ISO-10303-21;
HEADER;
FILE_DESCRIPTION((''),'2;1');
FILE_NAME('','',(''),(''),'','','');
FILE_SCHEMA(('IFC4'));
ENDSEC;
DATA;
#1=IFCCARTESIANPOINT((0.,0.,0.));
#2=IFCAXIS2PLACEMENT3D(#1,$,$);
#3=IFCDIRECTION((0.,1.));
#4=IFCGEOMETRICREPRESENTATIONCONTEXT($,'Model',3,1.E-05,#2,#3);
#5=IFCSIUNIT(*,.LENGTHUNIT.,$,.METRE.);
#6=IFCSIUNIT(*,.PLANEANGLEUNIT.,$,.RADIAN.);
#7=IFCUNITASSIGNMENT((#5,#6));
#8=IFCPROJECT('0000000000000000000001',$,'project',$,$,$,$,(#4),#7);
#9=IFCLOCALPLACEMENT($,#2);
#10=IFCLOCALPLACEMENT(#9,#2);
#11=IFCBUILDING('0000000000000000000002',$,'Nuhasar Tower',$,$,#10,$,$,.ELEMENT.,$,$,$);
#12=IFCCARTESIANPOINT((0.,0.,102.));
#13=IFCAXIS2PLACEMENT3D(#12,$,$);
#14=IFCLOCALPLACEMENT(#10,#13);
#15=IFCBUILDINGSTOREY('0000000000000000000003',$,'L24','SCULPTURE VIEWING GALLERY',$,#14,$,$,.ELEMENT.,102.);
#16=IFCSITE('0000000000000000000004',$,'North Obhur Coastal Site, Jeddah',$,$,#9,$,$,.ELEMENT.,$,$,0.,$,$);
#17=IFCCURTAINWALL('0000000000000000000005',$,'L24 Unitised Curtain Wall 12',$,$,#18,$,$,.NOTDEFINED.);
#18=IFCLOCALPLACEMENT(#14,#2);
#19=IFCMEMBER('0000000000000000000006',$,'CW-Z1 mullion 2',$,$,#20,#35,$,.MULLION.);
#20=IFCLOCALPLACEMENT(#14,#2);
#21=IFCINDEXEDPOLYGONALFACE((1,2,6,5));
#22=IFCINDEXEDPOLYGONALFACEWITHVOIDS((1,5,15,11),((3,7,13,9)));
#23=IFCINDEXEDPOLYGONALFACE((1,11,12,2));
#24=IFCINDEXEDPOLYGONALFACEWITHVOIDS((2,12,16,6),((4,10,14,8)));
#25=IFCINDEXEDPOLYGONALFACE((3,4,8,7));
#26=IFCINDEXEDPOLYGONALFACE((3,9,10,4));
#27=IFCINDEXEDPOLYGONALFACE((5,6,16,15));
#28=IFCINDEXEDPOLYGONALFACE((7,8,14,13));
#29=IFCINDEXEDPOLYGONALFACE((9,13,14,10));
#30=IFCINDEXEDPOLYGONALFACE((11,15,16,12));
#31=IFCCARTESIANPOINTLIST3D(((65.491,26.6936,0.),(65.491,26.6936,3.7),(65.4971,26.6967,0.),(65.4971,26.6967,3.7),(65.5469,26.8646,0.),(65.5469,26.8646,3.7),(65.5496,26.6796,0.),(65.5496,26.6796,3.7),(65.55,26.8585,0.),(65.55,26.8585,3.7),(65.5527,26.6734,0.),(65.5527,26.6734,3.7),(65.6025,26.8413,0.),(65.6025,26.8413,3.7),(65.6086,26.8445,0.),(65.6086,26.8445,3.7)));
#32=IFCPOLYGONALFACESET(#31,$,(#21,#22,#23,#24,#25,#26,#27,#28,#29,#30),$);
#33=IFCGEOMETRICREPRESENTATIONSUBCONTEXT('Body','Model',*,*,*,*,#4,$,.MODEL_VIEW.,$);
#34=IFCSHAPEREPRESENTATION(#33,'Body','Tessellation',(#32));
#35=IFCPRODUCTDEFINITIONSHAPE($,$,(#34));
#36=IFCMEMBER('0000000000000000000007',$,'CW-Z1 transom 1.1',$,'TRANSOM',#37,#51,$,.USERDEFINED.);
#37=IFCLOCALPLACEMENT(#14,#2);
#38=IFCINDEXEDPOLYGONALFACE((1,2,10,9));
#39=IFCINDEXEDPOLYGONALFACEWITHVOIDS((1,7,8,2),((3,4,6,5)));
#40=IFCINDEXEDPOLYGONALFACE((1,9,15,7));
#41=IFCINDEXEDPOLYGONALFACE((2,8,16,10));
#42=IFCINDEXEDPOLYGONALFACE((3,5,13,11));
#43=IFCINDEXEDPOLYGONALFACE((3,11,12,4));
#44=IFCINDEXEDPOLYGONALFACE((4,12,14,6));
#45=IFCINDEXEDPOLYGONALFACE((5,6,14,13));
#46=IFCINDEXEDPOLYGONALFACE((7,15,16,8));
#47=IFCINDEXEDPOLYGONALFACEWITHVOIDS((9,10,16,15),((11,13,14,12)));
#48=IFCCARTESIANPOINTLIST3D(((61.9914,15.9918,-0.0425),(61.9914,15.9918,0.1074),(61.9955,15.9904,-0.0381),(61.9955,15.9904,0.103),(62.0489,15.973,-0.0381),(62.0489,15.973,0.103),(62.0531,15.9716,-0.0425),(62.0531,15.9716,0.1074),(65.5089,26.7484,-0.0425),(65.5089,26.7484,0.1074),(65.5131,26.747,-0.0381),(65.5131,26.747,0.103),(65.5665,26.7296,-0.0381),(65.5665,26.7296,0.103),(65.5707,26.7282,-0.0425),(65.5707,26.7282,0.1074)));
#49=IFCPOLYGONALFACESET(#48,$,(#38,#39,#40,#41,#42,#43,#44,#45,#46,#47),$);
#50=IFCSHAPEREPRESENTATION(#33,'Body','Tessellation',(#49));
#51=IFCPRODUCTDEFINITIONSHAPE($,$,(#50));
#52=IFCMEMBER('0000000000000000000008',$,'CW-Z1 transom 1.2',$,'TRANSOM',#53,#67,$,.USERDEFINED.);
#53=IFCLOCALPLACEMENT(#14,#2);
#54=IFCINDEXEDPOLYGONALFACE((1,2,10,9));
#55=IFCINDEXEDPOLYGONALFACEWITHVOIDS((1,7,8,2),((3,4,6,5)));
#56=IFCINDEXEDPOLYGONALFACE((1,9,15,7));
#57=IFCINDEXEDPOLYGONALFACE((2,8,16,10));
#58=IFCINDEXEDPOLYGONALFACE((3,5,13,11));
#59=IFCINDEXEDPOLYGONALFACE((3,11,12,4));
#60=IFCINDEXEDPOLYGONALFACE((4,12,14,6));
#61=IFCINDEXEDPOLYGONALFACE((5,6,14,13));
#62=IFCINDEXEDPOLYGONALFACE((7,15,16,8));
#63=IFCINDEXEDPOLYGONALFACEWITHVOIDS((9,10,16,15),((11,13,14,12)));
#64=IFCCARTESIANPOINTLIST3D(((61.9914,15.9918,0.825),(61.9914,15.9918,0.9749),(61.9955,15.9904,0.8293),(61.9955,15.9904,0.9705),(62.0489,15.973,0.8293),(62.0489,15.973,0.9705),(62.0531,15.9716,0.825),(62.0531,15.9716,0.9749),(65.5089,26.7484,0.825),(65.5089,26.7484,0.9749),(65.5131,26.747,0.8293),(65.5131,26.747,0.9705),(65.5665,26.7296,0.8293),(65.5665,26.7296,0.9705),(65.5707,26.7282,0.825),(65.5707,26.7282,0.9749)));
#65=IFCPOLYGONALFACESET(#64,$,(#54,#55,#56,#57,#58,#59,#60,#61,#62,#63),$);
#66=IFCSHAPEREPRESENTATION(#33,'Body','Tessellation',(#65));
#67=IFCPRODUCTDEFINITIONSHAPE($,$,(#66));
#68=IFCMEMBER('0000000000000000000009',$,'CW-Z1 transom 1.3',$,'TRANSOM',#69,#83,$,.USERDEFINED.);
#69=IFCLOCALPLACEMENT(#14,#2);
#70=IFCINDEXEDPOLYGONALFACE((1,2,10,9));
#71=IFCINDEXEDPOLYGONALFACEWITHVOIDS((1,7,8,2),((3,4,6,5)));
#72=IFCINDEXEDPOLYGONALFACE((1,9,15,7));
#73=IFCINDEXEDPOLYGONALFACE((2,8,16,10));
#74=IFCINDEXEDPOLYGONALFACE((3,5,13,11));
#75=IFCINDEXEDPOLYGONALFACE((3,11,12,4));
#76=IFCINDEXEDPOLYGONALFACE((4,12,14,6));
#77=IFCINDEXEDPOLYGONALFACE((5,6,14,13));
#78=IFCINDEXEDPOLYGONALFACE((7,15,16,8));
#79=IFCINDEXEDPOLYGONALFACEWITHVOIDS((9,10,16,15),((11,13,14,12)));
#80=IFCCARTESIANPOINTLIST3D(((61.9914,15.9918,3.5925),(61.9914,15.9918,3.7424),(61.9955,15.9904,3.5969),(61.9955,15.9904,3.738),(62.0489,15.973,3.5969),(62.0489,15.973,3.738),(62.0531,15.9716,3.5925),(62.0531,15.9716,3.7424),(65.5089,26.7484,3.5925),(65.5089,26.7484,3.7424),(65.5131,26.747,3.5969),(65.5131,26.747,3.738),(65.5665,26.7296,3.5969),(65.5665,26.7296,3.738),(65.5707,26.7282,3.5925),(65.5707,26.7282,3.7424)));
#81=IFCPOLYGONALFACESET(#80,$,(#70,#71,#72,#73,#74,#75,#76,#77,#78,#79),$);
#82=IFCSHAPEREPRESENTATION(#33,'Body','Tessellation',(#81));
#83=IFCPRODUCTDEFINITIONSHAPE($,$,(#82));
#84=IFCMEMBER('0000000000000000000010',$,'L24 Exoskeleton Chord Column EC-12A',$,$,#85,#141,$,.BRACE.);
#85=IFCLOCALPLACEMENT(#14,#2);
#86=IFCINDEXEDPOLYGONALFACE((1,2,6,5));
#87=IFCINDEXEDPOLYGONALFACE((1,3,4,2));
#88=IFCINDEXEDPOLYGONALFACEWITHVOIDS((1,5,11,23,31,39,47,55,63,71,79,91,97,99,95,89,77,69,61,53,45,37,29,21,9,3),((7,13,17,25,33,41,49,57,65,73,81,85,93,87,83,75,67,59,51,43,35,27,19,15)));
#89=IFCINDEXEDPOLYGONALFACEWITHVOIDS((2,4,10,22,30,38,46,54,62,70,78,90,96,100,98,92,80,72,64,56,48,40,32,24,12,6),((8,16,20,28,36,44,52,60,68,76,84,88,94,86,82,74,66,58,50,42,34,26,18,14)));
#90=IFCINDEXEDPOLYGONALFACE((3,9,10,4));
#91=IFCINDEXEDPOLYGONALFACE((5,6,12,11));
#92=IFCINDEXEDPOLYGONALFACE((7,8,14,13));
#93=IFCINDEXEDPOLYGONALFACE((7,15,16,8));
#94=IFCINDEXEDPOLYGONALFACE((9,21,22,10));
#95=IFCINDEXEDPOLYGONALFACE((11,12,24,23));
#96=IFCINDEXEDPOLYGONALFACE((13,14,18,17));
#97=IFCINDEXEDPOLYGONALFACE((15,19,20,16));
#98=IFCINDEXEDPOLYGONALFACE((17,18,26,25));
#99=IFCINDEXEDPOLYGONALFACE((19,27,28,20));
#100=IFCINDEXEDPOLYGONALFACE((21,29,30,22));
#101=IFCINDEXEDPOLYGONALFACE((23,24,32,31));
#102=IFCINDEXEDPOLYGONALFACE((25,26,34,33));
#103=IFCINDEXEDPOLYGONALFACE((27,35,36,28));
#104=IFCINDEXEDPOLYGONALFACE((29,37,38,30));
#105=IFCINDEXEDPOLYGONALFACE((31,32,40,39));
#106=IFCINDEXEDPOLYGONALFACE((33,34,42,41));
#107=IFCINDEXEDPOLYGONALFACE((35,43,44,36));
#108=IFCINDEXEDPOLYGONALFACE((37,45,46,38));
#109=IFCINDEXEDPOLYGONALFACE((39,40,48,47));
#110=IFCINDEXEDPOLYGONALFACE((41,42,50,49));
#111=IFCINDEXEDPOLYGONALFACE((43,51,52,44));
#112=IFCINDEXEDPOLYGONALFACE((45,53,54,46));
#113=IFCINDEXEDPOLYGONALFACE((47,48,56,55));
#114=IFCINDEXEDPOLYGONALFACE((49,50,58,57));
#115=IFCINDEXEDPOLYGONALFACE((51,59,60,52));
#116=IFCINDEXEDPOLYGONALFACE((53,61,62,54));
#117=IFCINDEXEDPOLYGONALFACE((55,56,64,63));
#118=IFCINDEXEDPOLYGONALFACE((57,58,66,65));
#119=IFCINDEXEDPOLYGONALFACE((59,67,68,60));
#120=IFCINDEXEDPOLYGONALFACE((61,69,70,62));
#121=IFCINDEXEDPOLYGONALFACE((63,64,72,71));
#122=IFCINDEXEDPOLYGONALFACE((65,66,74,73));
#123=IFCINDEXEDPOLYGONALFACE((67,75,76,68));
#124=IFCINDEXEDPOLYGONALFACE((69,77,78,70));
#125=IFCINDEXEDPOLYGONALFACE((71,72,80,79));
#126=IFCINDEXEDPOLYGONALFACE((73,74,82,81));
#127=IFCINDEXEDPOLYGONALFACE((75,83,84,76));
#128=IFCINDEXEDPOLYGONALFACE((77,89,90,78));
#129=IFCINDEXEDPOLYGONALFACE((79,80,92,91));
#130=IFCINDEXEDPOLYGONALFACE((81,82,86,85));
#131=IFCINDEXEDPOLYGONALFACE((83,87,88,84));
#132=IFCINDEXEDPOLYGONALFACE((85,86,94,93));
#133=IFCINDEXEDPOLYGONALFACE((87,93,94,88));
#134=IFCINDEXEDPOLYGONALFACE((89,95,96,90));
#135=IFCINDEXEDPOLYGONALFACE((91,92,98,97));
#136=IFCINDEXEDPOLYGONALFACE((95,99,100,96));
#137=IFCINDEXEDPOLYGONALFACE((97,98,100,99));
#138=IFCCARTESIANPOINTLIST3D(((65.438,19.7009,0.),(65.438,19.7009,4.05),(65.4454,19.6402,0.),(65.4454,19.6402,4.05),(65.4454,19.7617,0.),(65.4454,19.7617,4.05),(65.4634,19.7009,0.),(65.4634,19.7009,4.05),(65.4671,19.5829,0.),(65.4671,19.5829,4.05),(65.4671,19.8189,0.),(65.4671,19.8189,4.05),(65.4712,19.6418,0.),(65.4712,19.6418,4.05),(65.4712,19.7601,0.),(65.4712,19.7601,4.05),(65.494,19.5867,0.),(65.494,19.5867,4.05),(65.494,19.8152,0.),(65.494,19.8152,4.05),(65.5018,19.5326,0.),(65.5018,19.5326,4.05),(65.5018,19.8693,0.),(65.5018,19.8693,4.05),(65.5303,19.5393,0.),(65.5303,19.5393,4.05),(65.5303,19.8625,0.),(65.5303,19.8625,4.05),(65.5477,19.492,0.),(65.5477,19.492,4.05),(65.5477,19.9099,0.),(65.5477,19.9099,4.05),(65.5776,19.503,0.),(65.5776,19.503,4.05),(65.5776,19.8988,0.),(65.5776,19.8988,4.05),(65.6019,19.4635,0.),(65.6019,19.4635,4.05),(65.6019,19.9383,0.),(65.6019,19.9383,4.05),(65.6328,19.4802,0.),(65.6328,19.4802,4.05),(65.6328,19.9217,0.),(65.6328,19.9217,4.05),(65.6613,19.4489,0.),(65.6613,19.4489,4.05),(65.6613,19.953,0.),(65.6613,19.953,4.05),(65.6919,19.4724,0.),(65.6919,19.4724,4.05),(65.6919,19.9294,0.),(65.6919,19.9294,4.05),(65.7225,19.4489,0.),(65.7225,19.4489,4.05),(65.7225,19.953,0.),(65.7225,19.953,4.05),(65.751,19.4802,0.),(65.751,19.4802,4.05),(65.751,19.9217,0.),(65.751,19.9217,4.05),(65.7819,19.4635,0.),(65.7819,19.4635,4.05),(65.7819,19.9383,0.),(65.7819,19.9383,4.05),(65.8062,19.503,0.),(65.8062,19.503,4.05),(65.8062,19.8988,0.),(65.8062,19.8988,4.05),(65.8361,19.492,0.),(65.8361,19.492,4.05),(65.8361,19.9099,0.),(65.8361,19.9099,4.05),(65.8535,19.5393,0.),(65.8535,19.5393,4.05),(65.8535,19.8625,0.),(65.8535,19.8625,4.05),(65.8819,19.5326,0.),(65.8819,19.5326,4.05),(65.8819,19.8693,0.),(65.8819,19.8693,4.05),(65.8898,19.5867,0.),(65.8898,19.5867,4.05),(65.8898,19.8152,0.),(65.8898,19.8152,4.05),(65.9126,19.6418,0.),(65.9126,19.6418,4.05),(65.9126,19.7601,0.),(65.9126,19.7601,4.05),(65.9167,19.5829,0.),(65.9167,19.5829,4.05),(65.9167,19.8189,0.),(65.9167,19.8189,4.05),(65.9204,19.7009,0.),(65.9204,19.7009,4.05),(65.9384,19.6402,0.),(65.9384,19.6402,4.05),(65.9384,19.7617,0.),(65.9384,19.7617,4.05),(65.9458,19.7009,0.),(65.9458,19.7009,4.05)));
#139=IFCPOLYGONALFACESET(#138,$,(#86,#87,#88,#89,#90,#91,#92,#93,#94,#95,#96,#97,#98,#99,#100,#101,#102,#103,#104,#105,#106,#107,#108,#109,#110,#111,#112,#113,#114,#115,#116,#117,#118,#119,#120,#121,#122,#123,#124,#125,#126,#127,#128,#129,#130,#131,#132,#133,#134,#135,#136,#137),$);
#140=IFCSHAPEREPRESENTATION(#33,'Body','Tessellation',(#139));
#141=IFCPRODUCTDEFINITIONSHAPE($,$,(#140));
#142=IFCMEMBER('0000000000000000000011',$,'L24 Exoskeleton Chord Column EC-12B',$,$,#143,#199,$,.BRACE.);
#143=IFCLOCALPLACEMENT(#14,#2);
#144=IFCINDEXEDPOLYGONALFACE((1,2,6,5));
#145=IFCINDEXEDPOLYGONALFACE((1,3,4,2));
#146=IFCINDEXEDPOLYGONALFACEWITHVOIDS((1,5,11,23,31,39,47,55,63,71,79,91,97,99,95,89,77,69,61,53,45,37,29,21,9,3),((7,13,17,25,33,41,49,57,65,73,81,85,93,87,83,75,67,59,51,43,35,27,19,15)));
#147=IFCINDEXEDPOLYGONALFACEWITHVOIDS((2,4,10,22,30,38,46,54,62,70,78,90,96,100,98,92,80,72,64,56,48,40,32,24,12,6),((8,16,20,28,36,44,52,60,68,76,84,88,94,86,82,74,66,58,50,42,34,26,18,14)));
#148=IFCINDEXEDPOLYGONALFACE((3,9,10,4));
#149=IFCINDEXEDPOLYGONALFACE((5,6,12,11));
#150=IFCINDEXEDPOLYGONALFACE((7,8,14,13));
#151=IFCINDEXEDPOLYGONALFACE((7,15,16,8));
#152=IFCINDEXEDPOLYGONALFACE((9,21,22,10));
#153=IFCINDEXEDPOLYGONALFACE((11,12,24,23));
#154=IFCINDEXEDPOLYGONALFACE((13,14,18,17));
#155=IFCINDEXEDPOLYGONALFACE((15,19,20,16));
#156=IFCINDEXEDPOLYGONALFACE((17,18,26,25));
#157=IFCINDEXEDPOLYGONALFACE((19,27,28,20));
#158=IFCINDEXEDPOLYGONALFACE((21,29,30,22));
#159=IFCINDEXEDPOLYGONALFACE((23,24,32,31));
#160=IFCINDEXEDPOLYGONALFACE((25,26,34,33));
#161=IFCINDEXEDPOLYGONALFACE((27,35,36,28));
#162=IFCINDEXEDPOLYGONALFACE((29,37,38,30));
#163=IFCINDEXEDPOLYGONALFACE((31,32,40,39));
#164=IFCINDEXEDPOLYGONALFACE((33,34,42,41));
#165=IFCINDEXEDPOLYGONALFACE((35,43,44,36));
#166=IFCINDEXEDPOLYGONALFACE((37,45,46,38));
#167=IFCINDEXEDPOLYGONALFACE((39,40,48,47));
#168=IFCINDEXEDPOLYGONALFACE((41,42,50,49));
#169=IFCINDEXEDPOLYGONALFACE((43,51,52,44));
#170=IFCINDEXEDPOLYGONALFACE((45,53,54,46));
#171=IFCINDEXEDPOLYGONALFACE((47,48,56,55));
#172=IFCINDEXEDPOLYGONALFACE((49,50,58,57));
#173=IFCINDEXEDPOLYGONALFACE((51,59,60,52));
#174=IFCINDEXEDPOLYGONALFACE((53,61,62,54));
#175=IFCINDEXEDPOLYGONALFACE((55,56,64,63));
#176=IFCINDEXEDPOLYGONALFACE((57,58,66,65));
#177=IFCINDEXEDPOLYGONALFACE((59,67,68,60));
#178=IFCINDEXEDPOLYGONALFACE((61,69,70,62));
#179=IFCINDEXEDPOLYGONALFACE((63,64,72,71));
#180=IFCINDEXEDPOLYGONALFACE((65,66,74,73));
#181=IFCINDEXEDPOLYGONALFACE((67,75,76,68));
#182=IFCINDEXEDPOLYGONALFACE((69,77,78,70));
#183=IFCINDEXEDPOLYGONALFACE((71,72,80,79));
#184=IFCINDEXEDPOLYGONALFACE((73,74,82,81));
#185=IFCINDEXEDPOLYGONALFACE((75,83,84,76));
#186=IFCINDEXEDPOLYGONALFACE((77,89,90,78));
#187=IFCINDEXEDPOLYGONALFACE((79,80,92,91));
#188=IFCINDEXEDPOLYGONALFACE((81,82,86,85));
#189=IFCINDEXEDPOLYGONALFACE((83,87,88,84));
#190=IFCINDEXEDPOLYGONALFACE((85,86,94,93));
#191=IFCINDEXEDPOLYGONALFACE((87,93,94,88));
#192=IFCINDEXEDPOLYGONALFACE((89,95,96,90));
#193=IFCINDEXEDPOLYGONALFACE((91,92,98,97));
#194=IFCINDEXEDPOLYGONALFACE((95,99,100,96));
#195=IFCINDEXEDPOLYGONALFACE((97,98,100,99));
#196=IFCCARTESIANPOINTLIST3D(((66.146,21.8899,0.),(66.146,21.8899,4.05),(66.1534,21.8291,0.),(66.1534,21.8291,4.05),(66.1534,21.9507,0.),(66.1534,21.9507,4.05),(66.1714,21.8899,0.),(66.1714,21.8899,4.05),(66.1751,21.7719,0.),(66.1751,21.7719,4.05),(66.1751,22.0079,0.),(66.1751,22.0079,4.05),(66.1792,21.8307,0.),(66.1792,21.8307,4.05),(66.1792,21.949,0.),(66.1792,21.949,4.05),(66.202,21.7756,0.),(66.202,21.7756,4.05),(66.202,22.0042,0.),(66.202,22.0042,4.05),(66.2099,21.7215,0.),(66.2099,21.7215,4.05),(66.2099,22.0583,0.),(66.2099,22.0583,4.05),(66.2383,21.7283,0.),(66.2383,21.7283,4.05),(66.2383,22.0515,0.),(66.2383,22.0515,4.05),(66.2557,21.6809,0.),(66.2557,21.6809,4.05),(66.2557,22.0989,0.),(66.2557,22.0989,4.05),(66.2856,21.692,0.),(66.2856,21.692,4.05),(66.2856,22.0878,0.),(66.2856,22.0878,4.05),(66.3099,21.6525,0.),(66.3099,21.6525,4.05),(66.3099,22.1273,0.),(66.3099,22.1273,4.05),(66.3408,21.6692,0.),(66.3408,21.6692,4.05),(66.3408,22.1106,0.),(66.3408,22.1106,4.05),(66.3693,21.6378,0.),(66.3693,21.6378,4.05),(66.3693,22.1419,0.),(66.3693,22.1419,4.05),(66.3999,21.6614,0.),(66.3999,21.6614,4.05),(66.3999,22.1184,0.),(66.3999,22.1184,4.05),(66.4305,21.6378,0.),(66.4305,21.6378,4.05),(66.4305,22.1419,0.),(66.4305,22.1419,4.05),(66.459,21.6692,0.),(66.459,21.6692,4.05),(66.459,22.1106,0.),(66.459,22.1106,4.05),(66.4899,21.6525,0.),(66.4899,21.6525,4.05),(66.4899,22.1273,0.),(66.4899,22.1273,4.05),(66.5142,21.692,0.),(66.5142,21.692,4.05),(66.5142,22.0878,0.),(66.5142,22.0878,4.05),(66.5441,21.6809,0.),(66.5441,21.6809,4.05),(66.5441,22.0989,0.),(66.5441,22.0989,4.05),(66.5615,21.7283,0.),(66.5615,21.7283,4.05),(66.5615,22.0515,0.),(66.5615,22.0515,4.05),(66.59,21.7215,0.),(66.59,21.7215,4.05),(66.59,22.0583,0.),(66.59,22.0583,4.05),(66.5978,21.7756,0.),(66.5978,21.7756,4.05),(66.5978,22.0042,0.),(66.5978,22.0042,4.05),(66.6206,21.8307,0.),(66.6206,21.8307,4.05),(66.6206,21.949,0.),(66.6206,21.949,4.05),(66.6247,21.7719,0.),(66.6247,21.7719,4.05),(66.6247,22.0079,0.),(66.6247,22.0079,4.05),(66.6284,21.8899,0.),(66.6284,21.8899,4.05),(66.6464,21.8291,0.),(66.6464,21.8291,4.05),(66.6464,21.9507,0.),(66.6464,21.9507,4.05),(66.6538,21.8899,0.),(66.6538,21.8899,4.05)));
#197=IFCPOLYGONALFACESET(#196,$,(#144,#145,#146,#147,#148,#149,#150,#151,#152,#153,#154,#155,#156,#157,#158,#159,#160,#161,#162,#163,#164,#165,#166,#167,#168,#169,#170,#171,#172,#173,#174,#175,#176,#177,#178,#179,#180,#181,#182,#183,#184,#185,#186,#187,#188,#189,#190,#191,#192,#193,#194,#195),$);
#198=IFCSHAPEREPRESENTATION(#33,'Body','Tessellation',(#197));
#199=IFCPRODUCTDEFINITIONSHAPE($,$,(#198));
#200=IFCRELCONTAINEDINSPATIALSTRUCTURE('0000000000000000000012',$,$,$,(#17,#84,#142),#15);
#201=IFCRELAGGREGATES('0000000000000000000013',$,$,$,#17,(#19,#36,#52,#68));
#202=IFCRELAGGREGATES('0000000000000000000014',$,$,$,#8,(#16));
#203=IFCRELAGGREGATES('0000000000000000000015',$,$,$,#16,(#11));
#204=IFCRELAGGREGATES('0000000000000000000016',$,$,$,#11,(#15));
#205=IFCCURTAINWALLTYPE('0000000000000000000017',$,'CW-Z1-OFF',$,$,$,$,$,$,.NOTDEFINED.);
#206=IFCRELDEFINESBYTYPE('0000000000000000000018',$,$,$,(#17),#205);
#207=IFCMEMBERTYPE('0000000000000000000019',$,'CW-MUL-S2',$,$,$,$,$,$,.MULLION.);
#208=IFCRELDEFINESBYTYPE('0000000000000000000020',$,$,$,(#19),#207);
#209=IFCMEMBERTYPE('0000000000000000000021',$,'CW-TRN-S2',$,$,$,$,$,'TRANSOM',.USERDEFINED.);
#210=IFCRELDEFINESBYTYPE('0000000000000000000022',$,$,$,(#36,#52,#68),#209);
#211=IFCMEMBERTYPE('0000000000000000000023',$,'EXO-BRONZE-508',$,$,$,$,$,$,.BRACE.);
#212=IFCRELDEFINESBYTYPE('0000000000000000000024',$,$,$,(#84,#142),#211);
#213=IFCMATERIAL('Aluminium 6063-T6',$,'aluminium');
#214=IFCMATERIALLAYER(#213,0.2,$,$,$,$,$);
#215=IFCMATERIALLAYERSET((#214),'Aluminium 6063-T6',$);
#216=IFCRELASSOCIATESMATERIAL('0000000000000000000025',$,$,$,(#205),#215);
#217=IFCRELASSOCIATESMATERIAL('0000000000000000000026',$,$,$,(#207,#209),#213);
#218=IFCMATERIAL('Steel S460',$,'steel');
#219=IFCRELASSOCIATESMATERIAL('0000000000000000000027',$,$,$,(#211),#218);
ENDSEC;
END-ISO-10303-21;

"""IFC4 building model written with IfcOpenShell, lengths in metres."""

from ifc_helpers import new_model, si_unit, direction, frame, origin, origin_2d, place, context, subcontext, project, spatial, hollow_rectangle, hollow_circle, extrude, material, layer, layer_set, material_profile, profile_set, type_object, element, aggregate, save


model = new_model("IFC4")

# Units and contexts
model_context = context("Model", 3, precision=1e-05, world=origin(), true_north=direction((0.0, 1.0)))
body_context = subcontext(model_context, "Body", "Model", "MODEL_VIEW")
ifc_project = project(units=[si_unit("LENGTHUNIT", "METRE"), si_unit("PLANEANGLEUNIT", "RADIAN")], contexts=[model_context])

# Site, building, storey
site_placement = place(None, origin())
site = spatial("IfcSite", under=ifc_project, at=site_placement, Name="North Obhur Coastal Site, Jeddah", CompositionType="ELEMENT", RefElevation=0.0)
building_placement = place(site_placement, origin())
building = spatial("IfcBuilding", under=site, at=building_placement, Name="Nuhasar Tower", CompositionType="ELEMENT")
storey_placement = place(building_placement, frame((0.0, 0.0, 102.0)))
storey = spatial("IfcBuildingStorey", under=building, at=storey_placement, Name="L24", Description="SCULPTURE VIEWING GALLERY", CompositionType="ELEMENT", Elevation=102.0)

# Curtain wall, members
ifc_material_1 = material(Name="Aluminium 6063-T6", Category="aluminium")
ifc_layer_1 = layer(ifc_material_1, 0.2)
ifc_layer_set_1 = layer_set([ifc_layer_1], Name="Aluminium 6063-T6")
curtain_wall_type = type_object("IfcCurtainWallType", Name="CW-Z1-OFF", PredefinedType="NOTDEFINED", material=ifc_layer_set_1)
curtain_wall_placement = place(storey_placement, origin())
curtain_wall = element("IfcCurtainWall", 1, at=curtain_wall_placement, inside=storey, type_object=curtain_wall_type, Name="L24 Unitised Curtain Wall 12", PredefinedType="NOTDEFINED")
ifc_material_profile_1 = material_profile(ifc_material_1, hollow_rectangle(XDim=0.0649, YDim=0.1799, WallThickness=0.0049, at=origin_2d()), Name="CWM-2")
ifc_profile_set_1 = profile_set([ifc_material_profile_1], Name="Aluminium 6063-T6")
member_type_1 = type_object("IfcMemberType", Name="CW-MUL-S2", PredefinedType="MULLION", material=ifc_profile_set_1)
member_1_placement = place(storey_placement, frame((65.5498, 26.769, 0.0), z_axis=(0.0, 0.0, 1.0), x_axis=(-0.950468, 0.310824, 0.0)))
member_1 = element("IfcMember", 2, at=member_1_placement, type_object=member_type_1, Name="CW-Z1 mullion 2", PredefinedType="MULLION", context=body_context, shape_type="SweptSolid", body=[
    extrude(hollow_rectangle(XDim=0.0649, YDim=0.1799, WallThickness=0.0049, at=origin_2d()), origin(), (0.0, 0.0, 1.0), 3.7),
])
ifc_material_profile_2 = material_profile(ifc_material_1, hollow_rectangle(XDim=0.0649, YDim=0.1499, WallThickness=0.0044, at=origin_2d()), Name="CWT-2")
ifc_profile_set_2 = profile_set([ifc_material_profile_2], Name="Aluminium 6063-T6")
member_type_2 = type_object("IfcMemberType", Name="CW-TRN-S2", ElementType="TRANSOM", PredefinedType="USERDEFINED", material=ifc_profile_set_2)
member_2_placement = place(storey_placement, frame((62.0222, 15.9817, 0.0325), z_axis=(0.310819, 0.950469, 0.0), x_axis=(-0.950469, 0.310819, 0.0)))
member_2 = element("IfcMember", 3, at=member_2_placement, type_object=member_type_2, Name="CW-Z1 transom 1.1", ObjectType="TRANSOM", PredefinedType="USERDEFINED", context=body_context, shape_type="SweptSolid", body=[
    extrude(hollow_rectangle(XDim=0.0649, YDim=0.1499, WallThickness=0.0044, at=origin_2d()), origin(), (0.0, 0.0, 1.0), 11.3171),
])
member_3_placement = place(storey_placement, frame((62.0222, 15.9817, 0.8999), z_axis=(0.310819, 0.950469, 0.0), x_axis=(-0.950469, 0.310819, 0.0)))
member_3 = element("IfcMember", 4, at=member_3_placement, type_object=member_type_2, Name="CW-Z1 transom 1.2", ObjectType="TRANSOM", PredefinedType="USERDEFINED", context=body_context, shape_type="SweptSolid", body=[
    extrude(hollow_rectangle(XDim=0.0649, YDim=0.1499, WallThickness=0.0044, at=origin_2d()), origin(), (0.0, 0.0, 1.0), 11.3171),
])
member_4_placement = place(storey_placement, frame((62.0222, 15.9817, 3.6675), z_axis=(0.310819, 0.950469, 0.0), x_axis=(-0.950469, 0.310819, 0.0)))
member_4 = element("IfcMember", 5, at=member_4_placement, type_object=member_type_2, Name="CW-Z1 transom 1.3", ObjectType="TRANSOM", PredefinedType="USERDEFINED", context=body_context, shape_type="SweptSolid", body=[
    extrude(hollow_rectangle(XDim=0.0649, YDim=0.1499, WallThickness=0.0044, at=origin_2d()), origin(), (0.0, 0.0, 1.0), 11.3171),
])

# Members
ifc_material_2 = material(Name="Steel S460", Category="steel")
ifc_material_profile_3 = material_profile(ifc_material_2, hollow_circle(Radius=0.2539, WallThickness=0.0254, at=origin_2d()), Name="HSS508X25.4")
ifc_profile_set_3 = profile_set([ifc_material_profile_3], Name="Steel S460")
member_type_3 = type_object("IfcMemberType", Name="EXO-BRONZE-508", PredefinedType="BRACE", material=ifc_profile_set_3)
for number, where, z_axis, x_axis, name in (
    (6, (65.6919, 19.7009, 0.0), (0.0, 0.0, 1.0), (1.0, 0.0, 0.0), "L24 Exoskeleton Chord Column EC-12A"),
    (7, (66.3999, 21.8899, 0.0), (0.0, 0.0, 1.0), (1.0, 0.0, 0.0), "L24 Exoskeleton Chord Column EC-12B"),
):
    element("IfcMember", number, at=place(storey_placement, frame(where, z_axis=z_axis, x_axis=x_axis)), inside=storey, type_object=member_type_3, Name=name, PredefinedType="BRACE", context=body_context, shape_type="SweptSolid", body=[
        extrude(hollow_circle(Radius=0.2539, WallThickness=0.0254, at=origin_2d()), origin(), (0.0, 0.0, 1.0), 4.05),
    ])

aggregate(curtain_wall, [member_1, member_2, member_3, member_4])

save(model, "model.ifc")
